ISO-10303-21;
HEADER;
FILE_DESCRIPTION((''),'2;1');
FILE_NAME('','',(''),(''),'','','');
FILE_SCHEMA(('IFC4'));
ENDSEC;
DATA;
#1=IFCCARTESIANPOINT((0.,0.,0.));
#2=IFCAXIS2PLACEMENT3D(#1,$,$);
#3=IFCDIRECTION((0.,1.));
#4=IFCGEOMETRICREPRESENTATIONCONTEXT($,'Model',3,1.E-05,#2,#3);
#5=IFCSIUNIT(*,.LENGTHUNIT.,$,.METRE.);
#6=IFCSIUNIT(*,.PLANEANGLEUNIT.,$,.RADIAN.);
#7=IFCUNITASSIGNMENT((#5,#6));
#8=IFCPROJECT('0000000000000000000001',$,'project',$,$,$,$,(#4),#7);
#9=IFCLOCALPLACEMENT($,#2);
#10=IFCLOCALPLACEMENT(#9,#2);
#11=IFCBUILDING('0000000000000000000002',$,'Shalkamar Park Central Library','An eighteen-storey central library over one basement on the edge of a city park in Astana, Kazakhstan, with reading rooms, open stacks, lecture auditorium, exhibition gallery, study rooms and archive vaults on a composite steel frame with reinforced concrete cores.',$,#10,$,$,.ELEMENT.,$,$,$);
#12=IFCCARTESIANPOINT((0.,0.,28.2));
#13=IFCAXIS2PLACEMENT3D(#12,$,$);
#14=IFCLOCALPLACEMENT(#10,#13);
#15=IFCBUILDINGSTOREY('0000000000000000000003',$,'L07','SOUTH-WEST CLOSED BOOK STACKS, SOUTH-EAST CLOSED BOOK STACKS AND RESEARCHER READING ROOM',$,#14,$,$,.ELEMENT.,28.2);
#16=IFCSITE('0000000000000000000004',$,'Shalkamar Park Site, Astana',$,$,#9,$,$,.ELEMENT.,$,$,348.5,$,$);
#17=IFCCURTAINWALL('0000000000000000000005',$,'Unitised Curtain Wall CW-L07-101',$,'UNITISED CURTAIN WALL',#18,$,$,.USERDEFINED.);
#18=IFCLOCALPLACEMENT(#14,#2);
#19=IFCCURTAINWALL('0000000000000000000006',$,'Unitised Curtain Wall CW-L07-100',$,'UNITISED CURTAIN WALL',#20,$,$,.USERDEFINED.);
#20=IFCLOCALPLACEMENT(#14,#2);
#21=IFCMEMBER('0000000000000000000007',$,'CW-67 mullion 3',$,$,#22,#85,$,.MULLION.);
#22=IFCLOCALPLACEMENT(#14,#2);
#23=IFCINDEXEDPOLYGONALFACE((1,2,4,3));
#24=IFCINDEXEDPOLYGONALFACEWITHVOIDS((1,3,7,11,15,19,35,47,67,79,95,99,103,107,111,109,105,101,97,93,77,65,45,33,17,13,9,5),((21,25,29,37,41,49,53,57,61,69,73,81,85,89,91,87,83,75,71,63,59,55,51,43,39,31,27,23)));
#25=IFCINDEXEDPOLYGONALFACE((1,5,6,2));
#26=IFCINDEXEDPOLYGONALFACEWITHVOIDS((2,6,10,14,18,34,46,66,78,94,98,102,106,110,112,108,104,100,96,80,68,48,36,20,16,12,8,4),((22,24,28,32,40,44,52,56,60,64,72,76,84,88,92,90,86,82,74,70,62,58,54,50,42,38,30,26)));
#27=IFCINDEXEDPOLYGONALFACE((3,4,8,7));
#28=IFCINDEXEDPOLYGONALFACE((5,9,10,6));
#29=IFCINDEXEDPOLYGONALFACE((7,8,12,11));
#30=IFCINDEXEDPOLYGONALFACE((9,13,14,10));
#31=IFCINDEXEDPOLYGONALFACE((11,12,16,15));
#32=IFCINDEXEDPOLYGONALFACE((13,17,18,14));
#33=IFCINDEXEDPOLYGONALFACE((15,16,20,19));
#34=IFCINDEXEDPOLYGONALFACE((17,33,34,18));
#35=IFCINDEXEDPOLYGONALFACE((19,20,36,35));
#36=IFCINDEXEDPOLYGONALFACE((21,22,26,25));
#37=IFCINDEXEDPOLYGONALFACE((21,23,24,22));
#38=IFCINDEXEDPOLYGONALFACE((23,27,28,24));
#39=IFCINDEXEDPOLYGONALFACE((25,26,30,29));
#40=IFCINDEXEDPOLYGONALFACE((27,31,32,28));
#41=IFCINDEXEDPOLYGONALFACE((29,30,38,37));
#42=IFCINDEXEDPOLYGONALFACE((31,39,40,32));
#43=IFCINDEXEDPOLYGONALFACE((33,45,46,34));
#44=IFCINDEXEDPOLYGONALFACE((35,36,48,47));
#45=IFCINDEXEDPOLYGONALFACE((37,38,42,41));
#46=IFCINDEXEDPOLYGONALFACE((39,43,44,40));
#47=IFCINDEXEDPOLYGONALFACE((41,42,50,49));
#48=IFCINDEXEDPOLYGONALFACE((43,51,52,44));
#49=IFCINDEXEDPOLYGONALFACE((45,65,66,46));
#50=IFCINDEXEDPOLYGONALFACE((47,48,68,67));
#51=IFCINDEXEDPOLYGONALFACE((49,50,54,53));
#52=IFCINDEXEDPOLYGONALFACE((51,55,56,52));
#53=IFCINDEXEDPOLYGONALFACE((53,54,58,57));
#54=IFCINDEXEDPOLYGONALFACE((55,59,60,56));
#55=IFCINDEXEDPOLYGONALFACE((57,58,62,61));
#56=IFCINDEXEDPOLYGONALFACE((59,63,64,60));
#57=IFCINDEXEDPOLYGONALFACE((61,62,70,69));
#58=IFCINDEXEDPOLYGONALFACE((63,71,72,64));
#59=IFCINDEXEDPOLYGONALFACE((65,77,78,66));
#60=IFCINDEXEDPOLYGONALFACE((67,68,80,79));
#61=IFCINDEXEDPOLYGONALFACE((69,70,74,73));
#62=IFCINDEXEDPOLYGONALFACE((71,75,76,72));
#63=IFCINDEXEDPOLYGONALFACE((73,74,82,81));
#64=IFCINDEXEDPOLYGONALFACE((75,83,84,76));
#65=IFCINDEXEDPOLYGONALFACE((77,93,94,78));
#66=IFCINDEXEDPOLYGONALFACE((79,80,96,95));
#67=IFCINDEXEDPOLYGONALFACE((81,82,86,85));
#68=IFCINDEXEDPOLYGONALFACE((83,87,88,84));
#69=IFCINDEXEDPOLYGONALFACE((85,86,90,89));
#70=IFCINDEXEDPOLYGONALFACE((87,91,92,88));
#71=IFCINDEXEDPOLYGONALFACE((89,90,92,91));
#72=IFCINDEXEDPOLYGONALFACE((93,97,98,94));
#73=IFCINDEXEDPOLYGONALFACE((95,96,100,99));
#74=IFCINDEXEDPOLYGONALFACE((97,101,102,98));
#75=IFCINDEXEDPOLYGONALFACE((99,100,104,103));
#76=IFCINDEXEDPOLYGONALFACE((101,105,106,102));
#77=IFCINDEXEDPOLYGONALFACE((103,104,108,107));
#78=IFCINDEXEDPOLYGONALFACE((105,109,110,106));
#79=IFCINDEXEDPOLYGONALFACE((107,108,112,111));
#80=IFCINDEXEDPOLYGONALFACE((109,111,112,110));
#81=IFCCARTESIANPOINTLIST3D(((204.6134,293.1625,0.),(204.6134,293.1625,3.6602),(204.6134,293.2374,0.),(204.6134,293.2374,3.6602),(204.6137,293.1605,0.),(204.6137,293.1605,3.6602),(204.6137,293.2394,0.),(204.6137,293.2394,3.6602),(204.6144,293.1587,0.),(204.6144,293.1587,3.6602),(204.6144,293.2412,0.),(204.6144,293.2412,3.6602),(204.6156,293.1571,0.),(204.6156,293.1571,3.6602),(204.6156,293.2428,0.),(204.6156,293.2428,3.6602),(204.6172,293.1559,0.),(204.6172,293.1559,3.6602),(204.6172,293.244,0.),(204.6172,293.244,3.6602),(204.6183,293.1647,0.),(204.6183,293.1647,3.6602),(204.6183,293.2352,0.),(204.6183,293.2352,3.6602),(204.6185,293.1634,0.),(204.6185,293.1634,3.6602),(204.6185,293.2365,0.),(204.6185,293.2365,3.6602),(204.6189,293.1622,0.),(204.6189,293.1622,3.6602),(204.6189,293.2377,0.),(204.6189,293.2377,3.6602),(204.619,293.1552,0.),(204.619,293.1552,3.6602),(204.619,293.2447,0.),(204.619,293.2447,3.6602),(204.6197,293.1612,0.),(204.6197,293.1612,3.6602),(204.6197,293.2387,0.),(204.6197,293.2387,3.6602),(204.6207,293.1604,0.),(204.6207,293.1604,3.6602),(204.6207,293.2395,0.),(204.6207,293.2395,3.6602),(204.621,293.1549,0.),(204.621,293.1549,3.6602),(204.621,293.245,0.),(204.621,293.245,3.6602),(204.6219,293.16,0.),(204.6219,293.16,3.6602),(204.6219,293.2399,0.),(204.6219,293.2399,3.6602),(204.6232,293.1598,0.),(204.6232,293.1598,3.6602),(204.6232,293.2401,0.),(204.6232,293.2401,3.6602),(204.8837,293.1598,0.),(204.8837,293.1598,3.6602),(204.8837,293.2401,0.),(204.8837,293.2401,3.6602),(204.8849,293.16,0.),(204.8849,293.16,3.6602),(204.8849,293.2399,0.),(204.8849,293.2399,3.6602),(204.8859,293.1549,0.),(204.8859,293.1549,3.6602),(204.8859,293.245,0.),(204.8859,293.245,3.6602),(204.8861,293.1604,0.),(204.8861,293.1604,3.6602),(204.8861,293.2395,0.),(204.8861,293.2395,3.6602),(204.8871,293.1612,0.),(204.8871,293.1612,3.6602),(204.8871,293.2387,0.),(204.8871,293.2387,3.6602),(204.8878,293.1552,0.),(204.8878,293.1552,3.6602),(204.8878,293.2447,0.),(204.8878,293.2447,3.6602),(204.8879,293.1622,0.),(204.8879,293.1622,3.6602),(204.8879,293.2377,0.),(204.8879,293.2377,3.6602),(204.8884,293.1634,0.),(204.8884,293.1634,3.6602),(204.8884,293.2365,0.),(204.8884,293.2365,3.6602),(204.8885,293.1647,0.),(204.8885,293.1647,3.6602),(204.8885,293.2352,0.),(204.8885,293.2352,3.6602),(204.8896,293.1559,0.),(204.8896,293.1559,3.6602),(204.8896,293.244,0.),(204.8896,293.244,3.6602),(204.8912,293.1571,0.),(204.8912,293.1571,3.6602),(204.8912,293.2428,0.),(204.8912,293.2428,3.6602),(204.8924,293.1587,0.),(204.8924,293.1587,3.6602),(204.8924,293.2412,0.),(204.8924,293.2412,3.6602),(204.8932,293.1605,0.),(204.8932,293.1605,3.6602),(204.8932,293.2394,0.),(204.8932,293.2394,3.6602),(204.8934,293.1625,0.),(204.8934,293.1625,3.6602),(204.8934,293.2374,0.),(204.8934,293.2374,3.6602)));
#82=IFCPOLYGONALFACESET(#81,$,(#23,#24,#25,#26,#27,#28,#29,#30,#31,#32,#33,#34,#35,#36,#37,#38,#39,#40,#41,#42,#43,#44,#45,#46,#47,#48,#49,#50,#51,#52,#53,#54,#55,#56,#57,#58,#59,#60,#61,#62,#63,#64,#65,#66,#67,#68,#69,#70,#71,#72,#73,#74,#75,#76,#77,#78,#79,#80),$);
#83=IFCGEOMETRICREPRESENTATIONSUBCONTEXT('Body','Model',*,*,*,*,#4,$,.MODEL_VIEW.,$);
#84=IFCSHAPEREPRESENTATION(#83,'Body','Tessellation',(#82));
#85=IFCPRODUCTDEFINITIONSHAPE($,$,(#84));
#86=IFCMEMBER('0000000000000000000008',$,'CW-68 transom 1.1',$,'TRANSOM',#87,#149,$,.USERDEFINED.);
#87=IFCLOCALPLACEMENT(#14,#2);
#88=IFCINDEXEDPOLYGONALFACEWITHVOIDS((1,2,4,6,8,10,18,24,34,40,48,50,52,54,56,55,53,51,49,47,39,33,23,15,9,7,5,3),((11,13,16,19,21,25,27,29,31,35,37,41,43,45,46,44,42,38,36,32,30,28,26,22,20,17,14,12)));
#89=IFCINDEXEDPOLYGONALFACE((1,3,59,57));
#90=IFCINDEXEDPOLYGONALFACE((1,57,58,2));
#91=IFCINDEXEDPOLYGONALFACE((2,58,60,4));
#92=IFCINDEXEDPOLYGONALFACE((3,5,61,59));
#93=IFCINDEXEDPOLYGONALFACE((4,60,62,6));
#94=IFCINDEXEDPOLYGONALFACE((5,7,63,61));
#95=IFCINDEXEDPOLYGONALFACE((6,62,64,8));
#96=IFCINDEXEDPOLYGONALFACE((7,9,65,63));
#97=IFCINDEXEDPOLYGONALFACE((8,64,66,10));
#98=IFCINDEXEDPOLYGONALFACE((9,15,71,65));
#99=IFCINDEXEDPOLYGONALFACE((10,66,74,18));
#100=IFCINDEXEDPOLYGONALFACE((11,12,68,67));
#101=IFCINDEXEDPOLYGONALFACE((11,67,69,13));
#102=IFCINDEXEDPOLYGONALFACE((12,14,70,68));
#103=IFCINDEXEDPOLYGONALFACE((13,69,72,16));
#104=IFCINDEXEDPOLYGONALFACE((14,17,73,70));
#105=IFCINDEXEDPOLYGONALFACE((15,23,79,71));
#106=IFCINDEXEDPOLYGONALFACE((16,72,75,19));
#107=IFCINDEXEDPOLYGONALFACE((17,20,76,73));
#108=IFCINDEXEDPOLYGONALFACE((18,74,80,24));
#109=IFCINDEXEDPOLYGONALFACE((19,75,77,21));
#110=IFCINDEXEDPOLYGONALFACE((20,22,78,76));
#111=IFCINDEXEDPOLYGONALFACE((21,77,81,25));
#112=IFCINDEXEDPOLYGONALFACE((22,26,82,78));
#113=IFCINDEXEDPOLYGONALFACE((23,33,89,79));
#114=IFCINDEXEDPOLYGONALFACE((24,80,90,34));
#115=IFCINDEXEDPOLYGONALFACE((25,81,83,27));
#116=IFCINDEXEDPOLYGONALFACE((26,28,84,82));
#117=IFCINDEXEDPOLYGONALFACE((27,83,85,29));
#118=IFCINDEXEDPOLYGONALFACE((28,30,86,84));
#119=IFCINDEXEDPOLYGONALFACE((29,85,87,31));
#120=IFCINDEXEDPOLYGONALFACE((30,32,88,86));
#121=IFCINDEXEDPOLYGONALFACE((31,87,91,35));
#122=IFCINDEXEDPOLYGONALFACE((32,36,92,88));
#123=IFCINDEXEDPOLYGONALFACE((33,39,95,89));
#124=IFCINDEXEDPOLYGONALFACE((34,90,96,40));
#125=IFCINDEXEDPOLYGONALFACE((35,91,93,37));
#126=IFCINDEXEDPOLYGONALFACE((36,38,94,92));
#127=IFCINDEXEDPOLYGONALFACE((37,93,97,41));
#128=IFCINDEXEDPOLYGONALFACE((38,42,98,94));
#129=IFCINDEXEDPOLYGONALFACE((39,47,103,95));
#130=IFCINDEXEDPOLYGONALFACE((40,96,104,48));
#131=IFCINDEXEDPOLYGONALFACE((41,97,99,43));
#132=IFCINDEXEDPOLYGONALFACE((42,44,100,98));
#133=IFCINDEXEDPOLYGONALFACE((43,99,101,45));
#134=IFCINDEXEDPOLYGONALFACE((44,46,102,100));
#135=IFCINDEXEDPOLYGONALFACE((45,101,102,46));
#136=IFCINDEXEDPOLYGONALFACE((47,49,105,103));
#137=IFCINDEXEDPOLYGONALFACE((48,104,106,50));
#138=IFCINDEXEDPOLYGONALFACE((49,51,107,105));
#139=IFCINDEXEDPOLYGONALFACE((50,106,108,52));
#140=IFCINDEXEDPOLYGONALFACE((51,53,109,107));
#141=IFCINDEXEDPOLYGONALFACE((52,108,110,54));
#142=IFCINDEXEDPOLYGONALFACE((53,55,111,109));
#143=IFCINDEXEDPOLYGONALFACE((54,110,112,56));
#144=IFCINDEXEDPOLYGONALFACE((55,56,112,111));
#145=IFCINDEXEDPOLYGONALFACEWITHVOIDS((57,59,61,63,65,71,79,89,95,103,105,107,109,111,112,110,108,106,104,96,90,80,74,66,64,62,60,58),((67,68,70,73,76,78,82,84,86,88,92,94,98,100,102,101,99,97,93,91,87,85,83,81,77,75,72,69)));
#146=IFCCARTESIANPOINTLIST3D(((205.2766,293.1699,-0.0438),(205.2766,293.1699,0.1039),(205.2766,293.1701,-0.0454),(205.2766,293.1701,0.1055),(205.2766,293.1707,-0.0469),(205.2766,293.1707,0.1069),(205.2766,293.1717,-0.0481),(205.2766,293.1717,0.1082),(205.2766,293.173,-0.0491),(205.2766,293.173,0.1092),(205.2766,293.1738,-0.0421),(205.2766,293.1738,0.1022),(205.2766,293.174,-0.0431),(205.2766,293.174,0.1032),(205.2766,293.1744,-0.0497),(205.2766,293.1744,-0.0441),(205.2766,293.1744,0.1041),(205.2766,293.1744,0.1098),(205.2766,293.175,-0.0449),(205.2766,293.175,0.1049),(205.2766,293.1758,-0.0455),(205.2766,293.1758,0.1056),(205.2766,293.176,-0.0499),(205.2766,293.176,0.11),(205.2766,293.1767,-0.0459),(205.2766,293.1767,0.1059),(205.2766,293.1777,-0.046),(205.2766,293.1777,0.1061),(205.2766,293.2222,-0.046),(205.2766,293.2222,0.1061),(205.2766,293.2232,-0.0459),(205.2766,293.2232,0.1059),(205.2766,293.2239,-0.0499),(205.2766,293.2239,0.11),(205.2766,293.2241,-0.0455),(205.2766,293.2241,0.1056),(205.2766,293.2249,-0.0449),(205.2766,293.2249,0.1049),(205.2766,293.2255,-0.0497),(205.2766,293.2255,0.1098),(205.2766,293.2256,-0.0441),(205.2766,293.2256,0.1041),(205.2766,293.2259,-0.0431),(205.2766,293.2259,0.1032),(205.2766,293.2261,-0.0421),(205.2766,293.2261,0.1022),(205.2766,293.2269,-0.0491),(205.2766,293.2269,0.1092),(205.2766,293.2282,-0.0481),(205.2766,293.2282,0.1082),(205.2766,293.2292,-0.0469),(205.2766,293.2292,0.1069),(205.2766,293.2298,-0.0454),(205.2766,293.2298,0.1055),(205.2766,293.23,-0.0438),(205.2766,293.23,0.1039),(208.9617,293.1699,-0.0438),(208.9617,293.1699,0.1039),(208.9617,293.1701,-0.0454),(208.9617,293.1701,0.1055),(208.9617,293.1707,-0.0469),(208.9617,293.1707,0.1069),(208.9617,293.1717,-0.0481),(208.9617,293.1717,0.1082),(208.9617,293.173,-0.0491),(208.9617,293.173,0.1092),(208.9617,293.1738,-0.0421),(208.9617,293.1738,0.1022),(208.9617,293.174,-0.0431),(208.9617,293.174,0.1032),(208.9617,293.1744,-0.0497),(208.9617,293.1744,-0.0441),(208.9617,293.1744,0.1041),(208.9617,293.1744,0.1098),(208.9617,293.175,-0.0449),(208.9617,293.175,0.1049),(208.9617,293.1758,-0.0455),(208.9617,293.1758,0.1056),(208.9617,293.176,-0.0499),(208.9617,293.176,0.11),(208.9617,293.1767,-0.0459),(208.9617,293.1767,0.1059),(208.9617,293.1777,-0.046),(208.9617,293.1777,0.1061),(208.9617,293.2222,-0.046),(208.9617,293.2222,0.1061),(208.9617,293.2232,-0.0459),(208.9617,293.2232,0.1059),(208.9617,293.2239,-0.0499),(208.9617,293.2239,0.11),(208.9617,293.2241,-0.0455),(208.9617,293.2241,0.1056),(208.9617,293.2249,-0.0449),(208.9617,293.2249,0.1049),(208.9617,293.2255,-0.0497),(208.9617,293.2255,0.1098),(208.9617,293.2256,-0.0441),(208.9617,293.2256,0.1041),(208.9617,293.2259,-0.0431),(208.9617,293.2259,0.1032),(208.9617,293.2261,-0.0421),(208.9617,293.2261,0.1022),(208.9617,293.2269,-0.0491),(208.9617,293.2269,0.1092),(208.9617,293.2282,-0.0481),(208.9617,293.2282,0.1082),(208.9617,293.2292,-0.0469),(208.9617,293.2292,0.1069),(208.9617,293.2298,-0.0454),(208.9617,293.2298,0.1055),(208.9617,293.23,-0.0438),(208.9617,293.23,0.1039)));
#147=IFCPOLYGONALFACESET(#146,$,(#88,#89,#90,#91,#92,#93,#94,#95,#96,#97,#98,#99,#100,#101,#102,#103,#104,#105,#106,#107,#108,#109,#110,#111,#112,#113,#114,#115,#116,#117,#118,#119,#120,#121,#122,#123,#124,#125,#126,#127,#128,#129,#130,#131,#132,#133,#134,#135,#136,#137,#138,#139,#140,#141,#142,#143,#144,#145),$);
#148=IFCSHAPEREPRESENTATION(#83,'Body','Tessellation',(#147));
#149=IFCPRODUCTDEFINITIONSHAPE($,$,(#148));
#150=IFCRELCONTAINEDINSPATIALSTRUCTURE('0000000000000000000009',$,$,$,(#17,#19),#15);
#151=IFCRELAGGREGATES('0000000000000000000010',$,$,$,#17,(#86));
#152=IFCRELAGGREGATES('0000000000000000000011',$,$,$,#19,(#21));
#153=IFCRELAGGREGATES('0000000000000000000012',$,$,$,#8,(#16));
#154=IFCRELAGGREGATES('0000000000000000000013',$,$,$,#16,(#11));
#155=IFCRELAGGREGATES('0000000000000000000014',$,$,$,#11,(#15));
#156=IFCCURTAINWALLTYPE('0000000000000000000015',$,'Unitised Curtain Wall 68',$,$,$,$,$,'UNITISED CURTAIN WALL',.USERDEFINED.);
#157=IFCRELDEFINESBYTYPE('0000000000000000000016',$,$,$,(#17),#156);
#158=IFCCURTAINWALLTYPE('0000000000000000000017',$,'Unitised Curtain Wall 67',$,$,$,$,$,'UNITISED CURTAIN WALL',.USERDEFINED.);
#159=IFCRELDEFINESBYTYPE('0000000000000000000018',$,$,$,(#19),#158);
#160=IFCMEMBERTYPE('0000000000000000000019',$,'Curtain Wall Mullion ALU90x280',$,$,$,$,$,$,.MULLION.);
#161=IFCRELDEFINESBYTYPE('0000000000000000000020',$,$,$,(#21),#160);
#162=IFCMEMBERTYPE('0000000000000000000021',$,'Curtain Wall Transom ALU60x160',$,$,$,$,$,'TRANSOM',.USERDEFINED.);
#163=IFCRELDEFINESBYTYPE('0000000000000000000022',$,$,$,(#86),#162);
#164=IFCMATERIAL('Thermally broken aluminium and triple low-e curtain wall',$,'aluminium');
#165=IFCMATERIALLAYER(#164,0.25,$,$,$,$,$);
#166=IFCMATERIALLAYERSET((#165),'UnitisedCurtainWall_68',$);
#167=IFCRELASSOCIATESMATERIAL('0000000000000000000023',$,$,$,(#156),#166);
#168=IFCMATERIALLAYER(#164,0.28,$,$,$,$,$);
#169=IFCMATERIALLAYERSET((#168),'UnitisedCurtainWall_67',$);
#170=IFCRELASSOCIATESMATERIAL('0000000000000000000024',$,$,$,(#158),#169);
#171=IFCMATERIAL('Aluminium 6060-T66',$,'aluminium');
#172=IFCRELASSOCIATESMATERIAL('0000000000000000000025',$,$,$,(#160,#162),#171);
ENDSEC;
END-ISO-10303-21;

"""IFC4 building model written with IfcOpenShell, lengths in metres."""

from ifc_helpers import new_model, si_unit, direction, frame, origin, origin_2d, place, context, subcontext, project, spatial, hollow_rectangle, extrude, material, layer, layer_set, material_profile, profile_set, type_object, element, aggregate, save


model = new_model("IFC4")

# Units and contexts
model_context = context("Model", 3, precision=1e-05, world=origin(), true_north=direction((0.0, 1.0)))
body_context = subcontext(model_context, "Body", "Model", "MODEL_VIEW")
ifc_project = project(units=[si_unit("LENGTHUNIT", "METRE"), si_unit("PLANEANGLEUNIT", "RADIAN")], contexts=[model_context])

# Site, building, storey
site_placement = place(None, origin())
site = spatial("IfcSite", under=ifc_project, at=site_placement, Name="Shalkamar Park Site, Astana", CompositionType="ELEMENT", RefElevation=348.5)
building_placement = place(site_placement, origin())
building = spatial("IfcBuilding", under=site, at=building_placement, Name="Shalkamar Park Central Library", Description="An eighteen-storey central library over one basement on the edge of a city park in Astana, Kazakhstan, with reading rooms, open stacks, lecture auditorium, exhibition gallery, study rooms and archive vaults on a composite steel frame with reinforced concrete cores.", CompositionType="ELEMENT")
storey_placement = place(building_placement, frame((0.0, 0.0, 28.2)))
storey = spatial("IfcBuildingStorey", under=building, at=storey_placement, Name="L07", Description="SOUTH-WEST CLOSED BOOK STACKS, SOUTH-EAST CLOSED BOOK STACKS AND RESEARCHER READING ROOM", CompositionType="ELEMENT", Elevation=28.2)

# Curtain wall
ifc_material_1 = material(Name="Thermally broken aluminium and triple low-e curtain wall", Category="aluminium")
ifc_layer_1 = layer(ifc_material_1, 0.25)
ifc_layer_set_1 = layer_set([ifc_layer_1], Name="UnitisedCurtainWall_68")
curtain_wall_type_1 = type_object("IfcCurtainWallType", Name="Unitised Curtain Wall 68", ElementType="UNITISED CURTAIN WALL", PredefinedType="USERDEFINED", material=ifc_layer_set_1)
curtain_wall_1_placement = place(storey_placement, origin())
curtain_wall_1 = element("IfcCurtainWall", 1, at=curtain_wall_1_placement, inside=storey, type_object=curtain_wall_type_1, Name="Unitised Curtain Wall CW-L07-101", ObjectType="UNITISED CURTAIN WALL", PredefinedType="USERDEFINED")
ifc_material_2 = material(Name="Aluminium 6060-T66", Category="aluminium")

# Curtain wall, member
ifc_layer_2 = layer(ifc_material_1, 0.28)
ifc_layer_set_2 = layer_set([ifc_layer_2], Name="UnitisedCurtainWall_67")
curtain_wall_type_2 = type_object("IfcCurtainWallType", Name="Unitised Curtain Wall 67", ElementType="UNITISED CURTAIN WALL", PredefinedType="USERDEFINED", material=ifc_layer_set_2)
curtain_wall_2_placement = place(storey_placement, origin())
curtain_wall_2 = element("IfcCurtainWall", 2, at=curtain_wall_2_placement, inside=storey, type_object=curtain_wall_type_2, Name="Unitised Curtain Wall CW-L07-100", ObjectType="UNITISED CURTAIN WALL", PredefinedType="USERDEFINED")
ifc_material_profile_1 = material_profile(ifc_material_2, hollow_rectangle(XDim=0.0901, YDim=0.28, WallThickness=0.0049, InnerFilletRadius=0.0049, OuterFilletRadius=0.0076, at=origin_2d()), Name="ALU 90x280x5")
ifc_profile_set_1 = profile_set([ifc_material_profile_1], Name="Aluminium 6060-T66")
member_type_1 = type_object("IfcMemberType", Name="Curtain Wall Mullion ALU90x280", PredefinedType="MULLION", material=ifc_profile_set_1)
member_1_placement = place(storey_placement, frame((204.7534, 293.2, 0.0), z_axis=(0.0, 0.0, 1.0), x_axis=(0.0, 1.0, 0.0)))
member_1 = element("IfcMember", 3, at=member_1_placement, type_object=member_type_1, Name="CW-67 mullion 3", PredefinedType="MULLION", context=body_context, shape_type="SweptSolid", body=[
    extrude(hollow_rectangle(XDim=0.0901, YDim=0.28, WallThickness=0.0049, InnerFilletRadius=0.0049, OuterFilletRadius=0.0076, at=origin_2d()), origin(), (0.0, 0.0, 1.0), 3.6602),
])

# Member
ifc_material_profile_2 = material_profile(ifc_material_2, hollow_rectangle(XDim=0.0601, YDim=0.1599, WallThickness=0.0039, InnerFilletRadius=0.0039, OuterFilletRadius=0.0061, at=origin_2d()), Name="ALU 60x160x4")
ifc_profile_set_2 = profile_set([ifc_material_profile_2], Name="Aluminium 6060-T66")
member_type_2 = type_object("IfcMemberType", Name="Curtain Wall Transom ALU60x160", ElementType="TRANSOM", PredefinedType="USERDEFINED", material=ifc_profile_set_2)
member_2_placement = place(storey_placement, frame((205.2766, 293.2, 0.03), z_axis=(1.0, 0.0, 0.0), x_axis=(0.0, 1.0, 0.0)))
member_2 = element("IfcMember", 4, at=member_2_placement, type_object=member_type_2, Name="CW-68 transom 1.1", ObjectType="TRANSOM", PredefinedType="USERDEFINED", context=body_context, shape_type="SweptSolid", body=[
    extrude(hollow_rectangle(XDim=0.0601, YDim=0.1599, WallThickness=0.0039, InnerFilletRadius=0.0039, OuterFilletRadius=0.0061, at=origin_2d()), origin(), (0.0, 0.0, 1.0), 3.6851),
])

aggregate(curtain_wall_1, [member_2])
aggregate(curtain_wall_2, [member_1])

save(model, "model.ifc")
